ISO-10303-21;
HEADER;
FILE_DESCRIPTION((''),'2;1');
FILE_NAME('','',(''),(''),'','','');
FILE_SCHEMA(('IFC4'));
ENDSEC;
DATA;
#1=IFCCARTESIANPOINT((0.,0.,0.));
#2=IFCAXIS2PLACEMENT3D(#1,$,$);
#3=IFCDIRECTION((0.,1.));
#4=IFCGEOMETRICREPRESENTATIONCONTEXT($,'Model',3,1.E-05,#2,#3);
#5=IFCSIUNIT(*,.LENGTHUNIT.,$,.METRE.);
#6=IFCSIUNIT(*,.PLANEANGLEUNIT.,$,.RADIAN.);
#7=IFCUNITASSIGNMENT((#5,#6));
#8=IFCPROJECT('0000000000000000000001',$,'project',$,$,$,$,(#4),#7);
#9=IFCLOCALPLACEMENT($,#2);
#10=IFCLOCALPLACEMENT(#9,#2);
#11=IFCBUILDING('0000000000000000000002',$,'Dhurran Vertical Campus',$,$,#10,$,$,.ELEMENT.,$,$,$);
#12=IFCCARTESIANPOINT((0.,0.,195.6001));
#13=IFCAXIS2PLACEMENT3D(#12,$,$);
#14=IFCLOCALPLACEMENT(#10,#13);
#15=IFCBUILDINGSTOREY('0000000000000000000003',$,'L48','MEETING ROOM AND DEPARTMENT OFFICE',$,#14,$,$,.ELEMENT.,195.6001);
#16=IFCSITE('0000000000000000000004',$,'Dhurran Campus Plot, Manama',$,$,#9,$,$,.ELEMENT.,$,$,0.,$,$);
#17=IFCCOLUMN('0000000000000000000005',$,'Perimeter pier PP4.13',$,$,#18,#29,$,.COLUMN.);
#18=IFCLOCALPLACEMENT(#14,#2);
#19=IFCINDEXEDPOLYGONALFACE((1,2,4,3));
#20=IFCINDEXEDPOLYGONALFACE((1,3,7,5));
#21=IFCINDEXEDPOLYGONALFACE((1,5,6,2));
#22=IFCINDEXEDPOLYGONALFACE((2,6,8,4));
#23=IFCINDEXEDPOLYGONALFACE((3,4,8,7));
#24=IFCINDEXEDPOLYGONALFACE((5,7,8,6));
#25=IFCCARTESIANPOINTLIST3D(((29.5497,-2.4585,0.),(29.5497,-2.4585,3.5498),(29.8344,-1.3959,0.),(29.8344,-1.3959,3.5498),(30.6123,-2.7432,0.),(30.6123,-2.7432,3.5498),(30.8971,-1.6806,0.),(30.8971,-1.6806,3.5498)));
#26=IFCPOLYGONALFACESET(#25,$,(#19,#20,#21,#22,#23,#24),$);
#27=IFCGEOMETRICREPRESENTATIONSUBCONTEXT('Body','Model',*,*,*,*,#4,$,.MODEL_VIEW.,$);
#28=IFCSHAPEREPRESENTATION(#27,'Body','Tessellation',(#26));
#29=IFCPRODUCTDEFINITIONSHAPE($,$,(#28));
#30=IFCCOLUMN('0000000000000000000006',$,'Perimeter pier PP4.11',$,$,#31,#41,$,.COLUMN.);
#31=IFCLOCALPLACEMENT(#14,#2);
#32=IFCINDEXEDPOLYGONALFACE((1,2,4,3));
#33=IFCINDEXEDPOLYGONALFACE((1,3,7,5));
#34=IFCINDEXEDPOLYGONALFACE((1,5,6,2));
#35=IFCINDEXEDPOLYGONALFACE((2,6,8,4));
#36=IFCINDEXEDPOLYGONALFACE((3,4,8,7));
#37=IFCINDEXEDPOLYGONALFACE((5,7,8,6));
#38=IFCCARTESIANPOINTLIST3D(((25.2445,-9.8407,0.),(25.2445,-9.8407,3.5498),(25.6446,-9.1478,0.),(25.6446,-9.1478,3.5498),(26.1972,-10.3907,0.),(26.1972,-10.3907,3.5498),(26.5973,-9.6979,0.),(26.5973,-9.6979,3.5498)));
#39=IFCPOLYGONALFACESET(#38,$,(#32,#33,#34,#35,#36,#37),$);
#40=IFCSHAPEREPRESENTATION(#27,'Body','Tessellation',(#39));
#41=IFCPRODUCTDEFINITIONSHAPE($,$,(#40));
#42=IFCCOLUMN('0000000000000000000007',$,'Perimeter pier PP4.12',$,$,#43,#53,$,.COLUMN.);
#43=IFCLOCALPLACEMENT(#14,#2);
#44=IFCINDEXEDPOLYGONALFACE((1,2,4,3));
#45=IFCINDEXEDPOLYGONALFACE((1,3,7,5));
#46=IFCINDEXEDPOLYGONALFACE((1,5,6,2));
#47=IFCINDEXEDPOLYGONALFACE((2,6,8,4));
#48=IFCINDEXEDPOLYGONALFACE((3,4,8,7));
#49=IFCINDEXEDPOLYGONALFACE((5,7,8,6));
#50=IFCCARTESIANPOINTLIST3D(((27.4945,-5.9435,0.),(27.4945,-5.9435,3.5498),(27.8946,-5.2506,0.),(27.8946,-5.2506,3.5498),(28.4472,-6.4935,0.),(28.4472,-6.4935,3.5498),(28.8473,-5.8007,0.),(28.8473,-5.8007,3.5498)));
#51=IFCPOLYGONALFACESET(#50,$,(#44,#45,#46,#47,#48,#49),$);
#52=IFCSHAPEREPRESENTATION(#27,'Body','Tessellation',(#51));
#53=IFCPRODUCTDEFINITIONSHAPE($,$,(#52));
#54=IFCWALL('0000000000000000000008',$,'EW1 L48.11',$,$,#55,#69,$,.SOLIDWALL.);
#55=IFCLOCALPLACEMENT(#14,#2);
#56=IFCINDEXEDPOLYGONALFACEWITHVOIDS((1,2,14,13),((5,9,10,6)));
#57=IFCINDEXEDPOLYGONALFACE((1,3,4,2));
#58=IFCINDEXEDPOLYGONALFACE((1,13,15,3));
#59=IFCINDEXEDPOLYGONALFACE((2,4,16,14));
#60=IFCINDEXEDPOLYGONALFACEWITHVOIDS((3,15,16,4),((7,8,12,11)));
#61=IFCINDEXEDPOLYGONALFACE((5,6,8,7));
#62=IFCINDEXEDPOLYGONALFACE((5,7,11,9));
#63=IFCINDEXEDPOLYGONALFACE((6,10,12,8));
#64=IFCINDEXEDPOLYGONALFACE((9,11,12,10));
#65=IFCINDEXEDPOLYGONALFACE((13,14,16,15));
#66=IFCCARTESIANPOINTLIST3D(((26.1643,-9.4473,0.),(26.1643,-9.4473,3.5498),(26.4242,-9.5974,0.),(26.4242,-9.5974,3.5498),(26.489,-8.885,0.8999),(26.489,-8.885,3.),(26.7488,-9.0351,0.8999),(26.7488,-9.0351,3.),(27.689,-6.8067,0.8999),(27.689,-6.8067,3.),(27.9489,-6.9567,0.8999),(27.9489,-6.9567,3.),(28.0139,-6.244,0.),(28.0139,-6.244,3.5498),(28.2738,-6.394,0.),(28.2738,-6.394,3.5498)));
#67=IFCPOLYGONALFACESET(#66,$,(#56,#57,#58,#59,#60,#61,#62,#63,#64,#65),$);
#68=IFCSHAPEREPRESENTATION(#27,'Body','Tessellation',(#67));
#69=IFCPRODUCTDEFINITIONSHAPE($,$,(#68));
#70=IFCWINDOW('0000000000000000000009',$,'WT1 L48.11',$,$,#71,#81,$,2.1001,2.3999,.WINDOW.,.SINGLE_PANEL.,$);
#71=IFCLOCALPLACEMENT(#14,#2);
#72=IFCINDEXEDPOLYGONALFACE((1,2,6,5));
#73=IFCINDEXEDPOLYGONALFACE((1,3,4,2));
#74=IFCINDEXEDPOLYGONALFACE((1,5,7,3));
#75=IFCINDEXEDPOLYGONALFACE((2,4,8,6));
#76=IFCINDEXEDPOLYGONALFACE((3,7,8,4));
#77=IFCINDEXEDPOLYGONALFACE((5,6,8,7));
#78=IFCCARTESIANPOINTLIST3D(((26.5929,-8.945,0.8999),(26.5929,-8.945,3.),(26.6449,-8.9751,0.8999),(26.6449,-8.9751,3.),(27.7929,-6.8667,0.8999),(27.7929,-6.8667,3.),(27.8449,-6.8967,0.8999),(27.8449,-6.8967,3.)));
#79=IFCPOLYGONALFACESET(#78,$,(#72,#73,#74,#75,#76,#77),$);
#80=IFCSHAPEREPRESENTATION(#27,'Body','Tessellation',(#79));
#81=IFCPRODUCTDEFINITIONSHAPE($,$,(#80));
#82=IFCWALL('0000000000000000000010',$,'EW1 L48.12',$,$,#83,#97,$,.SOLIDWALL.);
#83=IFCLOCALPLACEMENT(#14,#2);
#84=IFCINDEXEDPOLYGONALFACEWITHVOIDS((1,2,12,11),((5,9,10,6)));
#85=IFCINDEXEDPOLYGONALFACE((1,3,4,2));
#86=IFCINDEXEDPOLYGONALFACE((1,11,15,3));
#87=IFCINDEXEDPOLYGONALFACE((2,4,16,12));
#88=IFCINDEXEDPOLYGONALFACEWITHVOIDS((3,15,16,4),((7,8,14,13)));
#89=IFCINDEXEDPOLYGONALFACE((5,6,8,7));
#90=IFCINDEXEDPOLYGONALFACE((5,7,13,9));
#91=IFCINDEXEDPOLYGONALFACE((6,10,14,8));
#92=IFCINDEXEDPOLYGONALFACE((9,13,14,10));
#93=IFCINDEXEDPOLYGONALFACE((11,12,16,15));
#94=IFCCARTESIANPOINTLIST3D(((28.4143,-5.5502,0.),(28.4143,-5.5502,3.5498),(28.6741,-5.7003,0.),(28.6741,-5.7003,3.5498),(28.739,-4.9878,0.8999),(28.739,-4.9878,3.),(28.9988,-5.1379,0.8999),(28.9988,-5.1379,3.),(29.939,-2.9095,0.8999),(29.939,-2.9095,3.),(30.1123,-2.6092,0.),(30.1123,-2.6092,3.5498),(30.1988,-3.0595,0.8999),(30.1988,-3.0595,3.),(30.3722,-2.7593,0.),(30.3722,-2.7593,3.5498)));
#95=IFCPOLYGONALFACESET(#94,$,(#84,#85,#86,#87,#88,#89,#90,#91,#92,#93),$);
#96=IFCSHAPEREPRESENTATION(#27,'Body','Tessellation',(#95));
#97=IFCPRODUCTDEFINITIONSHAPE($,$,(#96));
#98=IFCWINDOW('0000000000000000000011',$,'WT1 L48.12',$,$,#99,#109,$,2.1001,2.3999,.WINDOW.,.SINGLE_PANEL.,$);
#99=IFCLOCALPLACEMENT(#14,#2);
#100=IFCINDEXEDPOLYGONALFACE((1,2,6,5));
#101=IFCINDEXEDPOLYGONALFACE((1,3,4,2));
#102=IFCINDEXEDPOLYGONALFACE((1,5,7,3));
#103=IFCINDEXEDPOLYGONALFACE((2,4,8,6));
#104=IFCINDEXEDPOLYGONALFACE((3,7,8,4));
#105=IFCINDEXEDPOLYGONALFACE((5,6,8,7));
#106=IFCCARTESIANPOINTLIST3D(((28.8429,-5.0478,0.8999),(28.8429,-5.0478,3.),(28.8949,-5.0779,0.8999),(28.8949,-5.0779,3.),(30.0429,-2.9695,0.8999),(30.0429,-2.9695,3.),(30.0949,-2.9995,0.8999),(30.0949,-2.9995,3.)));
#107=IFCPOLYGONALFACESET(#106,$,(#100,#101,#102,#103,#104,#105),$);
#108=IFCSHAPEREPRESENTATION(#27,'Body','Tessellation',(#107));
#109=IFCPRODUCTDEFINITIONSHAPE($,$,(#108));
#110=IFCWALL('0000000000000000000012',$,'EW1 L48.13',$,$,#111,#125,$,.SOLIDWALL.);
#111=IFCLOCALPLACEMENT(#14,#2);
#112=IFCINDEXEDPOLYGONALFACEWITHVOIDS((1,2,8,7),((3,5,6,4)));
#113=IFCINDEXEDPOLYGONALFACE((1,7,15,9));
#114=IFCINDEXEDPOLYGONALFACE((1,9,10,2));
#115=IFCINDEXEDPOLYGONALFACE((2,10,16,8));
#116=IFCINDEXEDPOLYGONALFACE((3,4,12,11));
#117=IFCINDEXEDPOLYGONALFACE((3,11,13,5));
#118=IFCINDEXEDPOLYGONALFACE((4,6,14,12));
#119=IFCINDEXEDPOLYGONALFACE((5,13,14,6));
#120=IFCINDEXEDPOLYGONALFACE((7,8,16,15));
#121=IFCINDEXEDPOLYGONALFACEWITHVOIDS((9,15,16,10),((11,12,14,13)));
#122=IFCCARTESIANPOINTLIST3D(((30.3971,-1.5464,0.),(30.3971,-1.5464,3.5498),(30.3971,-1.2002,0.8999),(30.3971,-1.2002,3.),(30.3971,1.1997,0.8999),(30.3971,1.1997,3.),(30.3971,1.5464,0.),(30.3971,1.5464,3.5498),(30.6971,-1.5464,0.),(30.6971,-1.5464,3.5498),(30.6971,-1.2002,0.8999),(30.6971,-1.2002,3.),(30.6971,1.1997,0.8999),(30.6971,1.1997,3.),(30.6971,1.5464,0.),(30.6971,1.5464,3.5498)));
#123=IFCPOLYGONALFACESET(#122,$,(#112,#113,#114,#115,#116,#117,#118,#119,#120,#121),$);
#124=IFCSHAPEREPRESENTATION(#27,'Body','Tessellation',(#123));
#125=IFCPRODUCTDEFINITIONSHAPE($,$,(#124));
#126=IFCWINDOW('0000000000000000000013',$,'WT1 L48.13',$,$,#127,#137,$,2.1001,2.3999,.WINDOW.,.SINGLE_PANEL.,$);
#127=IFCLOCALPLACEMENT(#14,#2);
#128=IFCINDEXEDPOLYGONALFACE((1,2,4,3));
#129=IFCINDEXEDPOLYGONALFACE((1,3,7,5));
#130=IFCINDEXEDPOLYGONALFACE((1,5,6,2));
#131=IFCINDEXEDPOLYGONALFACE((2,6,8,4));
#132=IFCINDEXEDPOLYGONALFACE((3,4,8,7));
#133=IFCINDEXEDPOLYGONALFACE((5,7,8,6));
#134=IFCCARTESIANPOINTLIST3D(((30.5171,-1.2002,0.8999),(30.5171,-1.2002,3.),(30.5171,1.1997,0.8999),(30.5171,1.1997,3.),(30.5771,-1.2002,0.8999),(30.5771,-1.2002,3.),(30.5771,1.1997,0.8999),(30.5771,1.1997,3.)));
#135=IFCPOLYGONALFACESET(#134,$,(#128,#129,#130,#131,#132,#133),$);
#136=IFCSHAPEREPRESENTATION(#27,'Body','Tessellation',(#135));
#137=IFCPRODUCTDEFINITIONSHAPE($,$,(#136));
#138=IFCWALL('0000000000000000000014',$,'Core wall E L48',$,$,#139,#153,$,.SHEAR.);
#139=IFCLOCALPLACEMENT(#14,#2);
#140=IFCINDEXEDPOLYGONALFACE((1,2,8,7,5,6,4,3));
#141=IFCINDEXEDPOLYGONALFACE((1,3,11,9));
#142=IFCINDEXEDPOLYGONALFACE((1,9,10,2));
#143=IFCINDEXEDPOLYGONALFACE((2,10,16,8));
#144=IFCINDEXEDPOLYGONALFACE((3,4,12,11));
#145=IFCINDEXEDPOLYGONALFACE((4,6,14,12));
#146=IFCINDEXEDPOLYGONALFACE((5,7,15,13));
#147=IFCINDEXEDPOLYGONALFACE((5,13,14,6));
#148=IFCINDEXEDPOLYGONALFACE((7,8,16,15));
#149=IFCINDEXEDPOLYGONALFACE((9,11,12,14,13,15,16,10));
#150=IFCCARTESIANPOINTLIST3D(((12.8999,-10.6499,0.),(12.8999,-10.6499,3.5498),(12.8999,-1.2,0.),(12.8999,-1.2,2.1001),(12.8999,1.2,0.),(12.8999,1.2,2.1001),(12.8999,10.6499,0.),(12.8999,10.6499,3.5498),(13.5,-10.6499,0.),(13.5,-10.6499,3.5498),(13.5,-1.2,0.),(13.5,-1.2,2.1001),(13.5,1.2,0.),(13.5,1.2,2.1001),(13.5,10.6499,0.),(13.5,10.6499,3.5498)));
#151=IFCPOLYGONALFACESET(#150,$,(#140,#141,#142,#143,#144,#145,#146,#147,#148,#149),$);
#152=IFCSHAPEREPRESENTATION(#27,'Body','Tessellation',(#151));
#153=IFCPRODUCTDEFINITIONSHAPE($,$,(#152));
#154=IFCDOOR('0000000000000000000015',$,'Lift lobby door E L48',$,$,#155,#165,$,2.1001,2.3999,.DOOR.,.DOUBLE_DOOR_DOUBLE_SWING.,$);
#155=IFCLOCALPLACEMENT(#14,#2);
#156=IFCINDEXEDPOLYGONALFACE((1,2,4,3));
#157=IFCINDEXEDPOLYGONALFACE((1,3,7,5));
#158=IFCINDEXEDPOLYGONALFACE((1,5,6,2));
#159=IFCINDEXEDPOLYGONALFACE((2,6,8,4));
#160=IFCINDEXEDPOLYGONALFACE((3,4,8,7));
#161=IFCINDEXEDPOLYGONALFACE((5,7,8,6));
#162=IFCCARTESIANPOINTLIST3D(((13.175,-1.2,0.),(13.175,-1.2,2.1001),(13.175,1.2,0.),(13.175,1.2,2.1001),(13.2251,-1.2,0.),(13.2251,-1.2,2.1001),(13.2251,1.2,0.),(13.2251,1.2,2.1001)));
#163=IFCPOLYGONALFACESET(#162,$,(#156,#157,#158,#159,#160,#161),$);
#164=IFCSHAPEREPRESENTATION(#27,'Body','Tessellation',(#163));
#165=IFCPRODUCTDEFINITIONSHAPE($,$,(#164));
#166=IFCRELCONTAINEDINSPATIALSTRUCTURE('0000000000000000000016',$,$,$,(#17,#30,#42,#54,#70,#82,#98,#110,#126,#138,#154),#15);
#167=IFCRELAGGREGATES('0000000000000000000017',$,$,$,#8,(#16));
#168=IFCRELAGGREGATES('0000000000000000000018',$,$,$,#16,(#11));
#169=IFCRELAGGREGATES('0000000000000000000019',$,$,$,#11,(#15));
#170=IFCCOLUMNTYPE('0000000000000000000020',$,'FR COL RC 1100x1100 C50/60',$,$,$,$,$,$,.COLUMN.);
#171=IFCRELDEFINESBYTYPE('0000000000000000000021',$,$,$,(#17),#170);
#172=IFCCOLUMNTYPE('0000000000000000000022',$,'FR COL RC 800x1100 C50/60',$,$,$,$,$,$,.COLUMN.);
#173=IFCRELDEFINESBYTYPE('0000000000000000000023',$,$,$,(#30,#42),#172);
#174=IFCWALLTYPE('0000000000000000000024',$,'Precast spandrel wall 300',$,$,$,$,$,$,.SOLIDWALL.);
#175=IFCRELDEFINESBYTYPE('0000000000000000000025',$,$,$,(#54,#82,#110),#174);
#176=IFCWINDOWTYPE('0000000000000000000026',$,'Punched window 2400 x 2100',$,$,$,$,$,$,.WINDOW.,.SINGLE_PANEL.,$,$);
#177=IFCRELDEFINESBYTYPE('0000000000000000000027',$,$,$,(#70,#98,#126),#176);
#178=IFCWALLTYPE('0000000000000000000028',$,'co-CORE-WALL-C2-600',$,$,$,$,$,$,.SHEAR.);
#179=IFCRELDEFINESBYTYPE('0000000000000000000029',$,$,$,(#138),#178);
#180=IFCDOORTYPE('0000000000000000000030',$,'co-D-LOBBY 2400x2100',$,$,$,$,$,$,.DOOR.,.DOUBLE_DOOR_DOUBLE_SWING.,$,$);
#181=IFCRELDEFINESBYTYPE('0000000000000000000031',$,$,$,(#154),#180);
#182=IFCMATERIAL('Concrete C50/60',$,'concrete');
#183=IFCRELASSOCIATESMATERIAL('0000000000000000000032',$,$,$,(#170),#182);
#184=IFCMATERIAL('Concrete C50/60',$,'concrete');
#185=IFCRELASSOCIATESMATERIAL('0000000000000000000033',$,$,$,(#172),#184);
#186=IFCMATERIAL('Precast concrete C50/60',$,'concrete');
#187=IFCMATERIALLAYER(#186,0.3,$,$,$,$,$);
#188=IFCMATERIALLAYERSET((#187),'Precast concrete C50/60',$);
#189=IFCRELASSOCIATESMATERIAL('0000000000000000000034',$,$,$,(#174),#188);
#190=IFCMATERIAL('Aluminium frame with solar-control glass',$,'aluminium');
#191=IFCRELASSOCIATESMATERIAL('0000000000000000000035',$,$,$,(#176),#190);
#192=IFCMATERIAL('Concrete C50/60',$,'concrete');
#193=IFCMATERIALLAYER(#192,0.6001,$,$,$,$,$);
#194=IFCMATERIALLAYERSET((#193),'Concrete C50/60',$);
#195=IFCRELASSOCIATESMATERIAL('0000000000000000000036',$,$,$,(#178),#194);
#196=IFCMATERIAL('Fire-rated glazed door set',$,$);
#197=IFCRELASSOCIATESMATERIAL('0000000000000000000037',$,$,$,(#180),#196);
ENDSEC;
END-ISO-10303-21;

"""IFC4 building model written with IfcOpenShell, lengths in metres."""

from ifc_helpers import new_model, si_unit, direction, frame, frame_2d, origin, origin_2d, place, context, subcontext, project, spatial, rectangle, extrude, material, layer, layer_set, material_profile, profile_set, type_object, element, fill, save


model = new_model("IFC4")

# Units and contexts
model_context = context("Model", 3, precision=1e-05, world=origin(), true_north=direction((0.0, 1.0)))
body_context = subcontext(model_context, "Body", "Model", "MODEL_VIEW")
ifc_project = project(units=[si_unit("LENGTHUNIT", "METRE"), si_unit("PLANEANGLEUNIT", "RADIAN")], contexts=[model_context])

# Site, building, storey
site_placement = place(None, origin())
site = spatial("IfcSite", under=ifc_project, at=site_placement, Name="Dhurran Campus Plot, Manama", CompositionType="ELEMENT", RefElevation=0.0)
building_placement = place(site_placement, origin())
building = spatial("IfcBuilding", under=site, at=building_placement, Name="Dhurran Vertical Campus", CompositionType="ELEMENT")
storey_placement = place(building_placement, frame((0.0, 0.0, 195.6001)))
storey = spatial("IfcBuildingStorey", under=building, at=storey_placement, Name="L48", Description="MEETING ROOM AND DEPARTMENT OFFICE", CompositionType="ELEMENT", Elevation=195.6001)

# Columns
ifc_material_1 = material(Name="Concrete C50/60", Category="concrete")
ifc_material_profile_1 = material_profile(ifc_material_1, rectangle(XDim=1.1001, YDim=1.1001, at=origin_2d()), Name="RC 1100x1100")
ifc_profile_set_1 = profile_set([ifc_material_profile_1], Name="Concrete C50/60")
column_type_1 = type_object("IfcColumnType", Name="FR COL RC 1100x1100 C50/60", PredefinedType="COLUMN", material=ifc_profile_set_1)
column_placement = place(storey_placement, frame((30.2234, -2.0696, 0.0), z_axis=(0.0, 0.0, 1.0), x_axis=(0.258819, 0.965926, 0.0)))
element("IfcColumn", 1, at=column_placement, inside=storey, type_object=column_type_1, Name="Perimeter pier PP4.13", PredefinedType="COLUMN", context=body_context, shape_type="SweptSolid", body=[
    extrude(rectangle(XDim=1.1001, YDim=1.1001, at=origin_2d()), origin(), (0.0, 0.0, 1.0), 3.5498),
])
ifc_material_2 = material(Name="Concrete C50/60", Category="concrete")
ifc_material_profile_2 = material_profile(ifc_material_2, rectangle(XDim=0.8, YDim=1.1001, at=origin_2d()), Name="RC 800x1100")
ifc_profile_set_2 = profile_set([ifc_material_profile_2], Name="Concrete C50/60")
column_type_2 = type_object("IfcColumnType", Name="FR COL RC 800x1100 C50/60", PredefinedType="COLUMN", material=ifc_profile_set_2)
for number, where, z_axis, x_axis, name in (
    (2, (25.9209, -9.7693, 0.0), (0.0, 0.0, 1.0), (0.5, 0.866025, 0.0), "Perimeter pier PP4.11"),
    (3, (28.1709, -5.8721, 0.0), (0.0, 0.0, 1.0), (0.5, 0.866025, 0.0), "Perimeter pier PP4.12"),
):
    element("IfcColumn", number, at=place(storey_placement, frame(where, z_axis=z_axis, x_axis=x_axis)), inside=storey, type_object=column_type_2, Name=name, PredefinedType="COLUMN", context=body_context, shape_type="SweptSolid", body=[
        extrude(rectangle(XDim=0.8, YDim=1.1001, at=origin_2d()), origin(), (0.0, 0.0, 1.0), 3.5498),
    ])

# Walls, openings, windows
ifc_material_3 = material(Name="Precast concrete C50/60", Category="concrete")
ifc_layer_1 = layer(ifc_material_3, 0.3)
ifc_layer_set_1 = layer_set([ifc_layer_1], Name="Precast concrete C50/60")
wall_type_1 = type_object("IfcWallType", Name="Precast spandrel wall 300", PredefinedType="SOLIDWALL", material=ifc_layer_set_1)
wall_1_placement = place(storey_placement, frame((26.2942, -9.5225, 0.0), z_axis=(0.0, 0.0, 1.0), x_axis=(0.500029, 0.866009, 0.0)))
wall_1 = element("IfcWall", 4, at=wall_1_placement, inside=storey, type_object=wall_type_1, Name="EW1 L48.11", PredefinedType="SOLIDWALL", context=body_context, shape_type="SweptSolid", body=[
    extrude(rectangle(XDim=3.699, YDim=0.3, at=frame_2d((1.8496, 0.0))), origin(), (0.0, 0.0, 1.0), 3.5498),
])
opening_1_placement = place(wall_1_placement, frame((0.6494, 0.0, 0.8999)))
opening_1 = element("IfcOpeningElement", 5, at=opening_1_placement, cuts=wall_1, PredefinedType="OPENING", context=body_context, shape_type="SweptSolid", body=[
    extrude(rectangle(XDim=2.3999, YDim=2.1001, at=frame_2d((1.2, 1.05))), frame((0.0, 0.1599, 0.0), z_axis=(0.0, -1.0, 0.0), x_axis=(1.0, 0.0, 0.0)), (0.0, 0.0, 1.0), 0.3201),
])
ifc_material_4 = material(Name="Aluminium frame with solar-control glass", Category="aluminium")
window_type = type_object("IfcWindowType", Name="Punched window 2400 x 2100", PartitioningType="SINGLE_PANEL", PredefinedType="WINDOW", material=ifc_material_4)
window_1_placement = place(opening_1_placement, origin())
window_1 = element("IfcWindow", 6, at=window_1_placement, inside=storey, type_object=window_type, Name="WT1 L48.11", OverallHeight=2.1001, OverallWidth=2.3999, PartitioningType="SINGLE_PANEL", PredefinedType="WINDOW", context=body_context, shape_type="SweptSolid", body=[
    extrude(rectangle(XDim=2.3999, YDim=2.1001, at=frame_2d((1.2, 1.05))), frame((0.0, 0.03, 0.0), z_axis=(0.0, -1.0, 0.0), x_axis=(1.0, 0.0, 0.0)), (0.0, 0.0, 1.0), 0.0601),
])
fill(opening_1, window_1)
wall_2_placement = place(storey_placement, frame((28.5442, -5.6252, 0.0), z_axis=(0.0, 0.0, 1.0), x_axis=(0.500013, 0.866018, 0.0)))
wall_2 = element("IfcWall", 7, at=wall_2_placement, inside=storey, type_object=wall_type_1, Name="EW1 L48.12", PredefinedType="SOLIDWALL", context=body_context, shape_type="SweptSolid", body=[
    extrude(rectangle(XDim=3.396, YDim=0.3, at=frame_2d((1.698, 0.0))), origin(), (0.0, 0.0, 1.0), 3.5498),
])
opening_2_placement = place(wall_2_placement, frame((0.6494, 0.0, 0.8999)))
opening_2 = element("IfcOpeningElement", 8, at=opening_2_placement, cuts=wall_2, PredefinedType="OPENING", context=body_context, shape_type="SweptSolid", body=[
    extrude(rectangle(XDim=2.3999, YDim=2.1001, at=frame_2d((1.2, 1.05))), frame((0.0, 0.1599, 0.0), z_axis=(0.0, -1.0, 0.0), x_axis=(1.0, 0.0, 0.0)), (0.0, 0.0, 1.0), 0.3201),
])
window_2_placement = place(opening_2_placement, origin())
window_2 = element("IfcWindow", 9, at=window_2_placement, inside=storey, type_object=window_type, Name="WT1 L48.12", OverallHeight=2.1001, OverallWidth=2.3999, PartitioningType="SINGLE_PANEL", PredefinedType="WINDOW", context=body_context, shape_type="SweptSolid", body=[
    extrude(rectangle(XDim=2.3999, YDim=2.1001, at=frame_2d((1.2, 1.05))), frame((0.0, 0.03, 0.0), z_axis=(0.0, -1.0, 0.0), x_axis=(1.0, 0.0, 0.0)), (0.0, 0.0, 1.0), 0.0601),
])
fill(opening_2, window_2)
wall_3_placement = place(storey_placement, frame((30.5471, -1.5464, 0.0), z_axis=(0.0, 0.0, 1.0), x_axis=(0.0, 1.0, 0.0)))
wall_3 = element("IfcWall", 10, at=wall_3_placement, inside=storey, type_object=wall_type_1, Name="EW1 L48.13", PredefinedType="SOLIDWALL", context=body_context, shape_type="SweptSolid", body=[
    extrude(rectangle(XDim=3.0928, YDim=0.3, at=frame_2d((1.5464, 0.0))), origin(), (0.0, 0.0, 1.0), 3.5498),
])
opening_3_placement = place(wall_3_placement, frame((0.3462, 0.0, 0.8999)))
opening_3 = element("IfcOpeningElement", 11, at=opening_3_placement, cuts=wall_3, PredefinedType="OPENING", context=body_context, shape_type="SweptSolid", body=[
    extrude(rectangle(XDim=2.3999, YDim=2.1001, at=frame_2d((1.2, 1.05))), frame((0.0, 0.1599, 0.0), z_axis=(0.0, -1.0, 0.0), x_axis=(1.0, 0.0, 0.0)), (0.0, 0.0, 1.0), 0.3201),
])
window_3_placement = place(opening_3_placement, origin())
window_3 = element("IfcWindow", 12, at=window_3_placement, inside=storey, type_object=window_type, Name="WT1 L48.13", OverallHeight=2.1001, OverallWidth=2.3999, PartitioningType="SINGLE_PANEL", PredefinedType="WINDOW", context=body_context, shape_type="SweptSolid", body=[
    extrude(rectangle(XDim=2.3999, YDim=2.1001, at=frame_2d((1.2, 1.05))), frame((0.0, 0.03, 0.0), z_axis=(0.0, -1.0, 0.0), x_axis=(1.0, 0.0, 0.0)), (0.0, 0.0, 1.0), 0.0601),
])
fill(opening_3, window_3)

# Wall, opening, door
ifc_material_5 = material(Name="Concrete C50/60", Category="concrete")
ifc_layer_2 = layer(ifc_material_5, 0.6001)
ifc_layer_set_2 = layer_set([ifc_layer_2], Name="Concrete C50/60")
wall_type_2 = type_object("IfcWallType", Name="co-CORE-WALL-C2-600", PredefinedType="SHEAR", material=ifc_layer_set_2)
wall_4_placement = place(storey_placement, frame((13.2, -10.6499, 0.0), z_axis=(0.0, 0.0, 1.0), x_axis=(0.0, 1.0, 0.0)))
wall_4 = element("IfcWall", 13, at=wall_4_placement, inside=storey, type_object=wall_type_2, Name="Core wall E L48", PredefinedType="SHEAR", context=body_context, shape_type="SweptSolid", body=[
    extrude(rectangle(XDim=21.2998, YDim=0.6001, at=frame_2d((10.6499, 0.0))), origin(), (0.0, 0.0, 1.0), 3.5498),
])
opening_4_placement = place(wall_4_placement, frame((9.45, 0.0, 0.0)))
opening_4 = element("IfcOpeningElement", 14, at=opening_4_placement, cuts=wall_4, PredefinedType="OPENING", context=body_context, shape_type="SweptSolid", body=[
    extrude(rectangle(XDim=2.3999, YDim=2.1001, at=frame_2d((1.2, 1.05))), frame((0.0, 0.3101, 0.0), z_axis=(0.0, -1.0, 0.0), x_axis=(1.0, 0.0, 0.0)), (0.0, 0.0, 1.0), 0.6201),
])
ifc_material_6 = material(Name="Fire-rated glazed door set")
door_type_1 = type_object("IfcDoorType", Name="co-D-LOBBY 2400x2100", OperationType="DOUBLE_DOOR_DOUBLE_SWING", PredefinedType="DOOR", material=ifc_material_6)
door_1_placement = place(opening_4_placement, origin())
door_1 = element("IfcDoor", 15, at=door_1_placement, inside=storey, type_object=door_type_1, Name="Lift lobby door E L48", OperationType="DOUBLE_DOOR_DOUBLE_SWING", OverallHeight=2.1001, OverallWidth=2.3999, PredefinedType="DOOR", context=body_context, shape_type="SweptSolid", body=[
    extrude(rectangle(XDim=2.3999, YDim=2.1001, at=frame_2d((1.2, 1.05))), frame((0.0, 0.0249, 0.0), z_axis=(0.0, -1.0, 0.0), x_axis=(1.0, 0.0, 0.0)), (0.0, 0.0, 1.0), 0.05),
])
fill(opening_4, door_1)

save(model, "model.ifc")
